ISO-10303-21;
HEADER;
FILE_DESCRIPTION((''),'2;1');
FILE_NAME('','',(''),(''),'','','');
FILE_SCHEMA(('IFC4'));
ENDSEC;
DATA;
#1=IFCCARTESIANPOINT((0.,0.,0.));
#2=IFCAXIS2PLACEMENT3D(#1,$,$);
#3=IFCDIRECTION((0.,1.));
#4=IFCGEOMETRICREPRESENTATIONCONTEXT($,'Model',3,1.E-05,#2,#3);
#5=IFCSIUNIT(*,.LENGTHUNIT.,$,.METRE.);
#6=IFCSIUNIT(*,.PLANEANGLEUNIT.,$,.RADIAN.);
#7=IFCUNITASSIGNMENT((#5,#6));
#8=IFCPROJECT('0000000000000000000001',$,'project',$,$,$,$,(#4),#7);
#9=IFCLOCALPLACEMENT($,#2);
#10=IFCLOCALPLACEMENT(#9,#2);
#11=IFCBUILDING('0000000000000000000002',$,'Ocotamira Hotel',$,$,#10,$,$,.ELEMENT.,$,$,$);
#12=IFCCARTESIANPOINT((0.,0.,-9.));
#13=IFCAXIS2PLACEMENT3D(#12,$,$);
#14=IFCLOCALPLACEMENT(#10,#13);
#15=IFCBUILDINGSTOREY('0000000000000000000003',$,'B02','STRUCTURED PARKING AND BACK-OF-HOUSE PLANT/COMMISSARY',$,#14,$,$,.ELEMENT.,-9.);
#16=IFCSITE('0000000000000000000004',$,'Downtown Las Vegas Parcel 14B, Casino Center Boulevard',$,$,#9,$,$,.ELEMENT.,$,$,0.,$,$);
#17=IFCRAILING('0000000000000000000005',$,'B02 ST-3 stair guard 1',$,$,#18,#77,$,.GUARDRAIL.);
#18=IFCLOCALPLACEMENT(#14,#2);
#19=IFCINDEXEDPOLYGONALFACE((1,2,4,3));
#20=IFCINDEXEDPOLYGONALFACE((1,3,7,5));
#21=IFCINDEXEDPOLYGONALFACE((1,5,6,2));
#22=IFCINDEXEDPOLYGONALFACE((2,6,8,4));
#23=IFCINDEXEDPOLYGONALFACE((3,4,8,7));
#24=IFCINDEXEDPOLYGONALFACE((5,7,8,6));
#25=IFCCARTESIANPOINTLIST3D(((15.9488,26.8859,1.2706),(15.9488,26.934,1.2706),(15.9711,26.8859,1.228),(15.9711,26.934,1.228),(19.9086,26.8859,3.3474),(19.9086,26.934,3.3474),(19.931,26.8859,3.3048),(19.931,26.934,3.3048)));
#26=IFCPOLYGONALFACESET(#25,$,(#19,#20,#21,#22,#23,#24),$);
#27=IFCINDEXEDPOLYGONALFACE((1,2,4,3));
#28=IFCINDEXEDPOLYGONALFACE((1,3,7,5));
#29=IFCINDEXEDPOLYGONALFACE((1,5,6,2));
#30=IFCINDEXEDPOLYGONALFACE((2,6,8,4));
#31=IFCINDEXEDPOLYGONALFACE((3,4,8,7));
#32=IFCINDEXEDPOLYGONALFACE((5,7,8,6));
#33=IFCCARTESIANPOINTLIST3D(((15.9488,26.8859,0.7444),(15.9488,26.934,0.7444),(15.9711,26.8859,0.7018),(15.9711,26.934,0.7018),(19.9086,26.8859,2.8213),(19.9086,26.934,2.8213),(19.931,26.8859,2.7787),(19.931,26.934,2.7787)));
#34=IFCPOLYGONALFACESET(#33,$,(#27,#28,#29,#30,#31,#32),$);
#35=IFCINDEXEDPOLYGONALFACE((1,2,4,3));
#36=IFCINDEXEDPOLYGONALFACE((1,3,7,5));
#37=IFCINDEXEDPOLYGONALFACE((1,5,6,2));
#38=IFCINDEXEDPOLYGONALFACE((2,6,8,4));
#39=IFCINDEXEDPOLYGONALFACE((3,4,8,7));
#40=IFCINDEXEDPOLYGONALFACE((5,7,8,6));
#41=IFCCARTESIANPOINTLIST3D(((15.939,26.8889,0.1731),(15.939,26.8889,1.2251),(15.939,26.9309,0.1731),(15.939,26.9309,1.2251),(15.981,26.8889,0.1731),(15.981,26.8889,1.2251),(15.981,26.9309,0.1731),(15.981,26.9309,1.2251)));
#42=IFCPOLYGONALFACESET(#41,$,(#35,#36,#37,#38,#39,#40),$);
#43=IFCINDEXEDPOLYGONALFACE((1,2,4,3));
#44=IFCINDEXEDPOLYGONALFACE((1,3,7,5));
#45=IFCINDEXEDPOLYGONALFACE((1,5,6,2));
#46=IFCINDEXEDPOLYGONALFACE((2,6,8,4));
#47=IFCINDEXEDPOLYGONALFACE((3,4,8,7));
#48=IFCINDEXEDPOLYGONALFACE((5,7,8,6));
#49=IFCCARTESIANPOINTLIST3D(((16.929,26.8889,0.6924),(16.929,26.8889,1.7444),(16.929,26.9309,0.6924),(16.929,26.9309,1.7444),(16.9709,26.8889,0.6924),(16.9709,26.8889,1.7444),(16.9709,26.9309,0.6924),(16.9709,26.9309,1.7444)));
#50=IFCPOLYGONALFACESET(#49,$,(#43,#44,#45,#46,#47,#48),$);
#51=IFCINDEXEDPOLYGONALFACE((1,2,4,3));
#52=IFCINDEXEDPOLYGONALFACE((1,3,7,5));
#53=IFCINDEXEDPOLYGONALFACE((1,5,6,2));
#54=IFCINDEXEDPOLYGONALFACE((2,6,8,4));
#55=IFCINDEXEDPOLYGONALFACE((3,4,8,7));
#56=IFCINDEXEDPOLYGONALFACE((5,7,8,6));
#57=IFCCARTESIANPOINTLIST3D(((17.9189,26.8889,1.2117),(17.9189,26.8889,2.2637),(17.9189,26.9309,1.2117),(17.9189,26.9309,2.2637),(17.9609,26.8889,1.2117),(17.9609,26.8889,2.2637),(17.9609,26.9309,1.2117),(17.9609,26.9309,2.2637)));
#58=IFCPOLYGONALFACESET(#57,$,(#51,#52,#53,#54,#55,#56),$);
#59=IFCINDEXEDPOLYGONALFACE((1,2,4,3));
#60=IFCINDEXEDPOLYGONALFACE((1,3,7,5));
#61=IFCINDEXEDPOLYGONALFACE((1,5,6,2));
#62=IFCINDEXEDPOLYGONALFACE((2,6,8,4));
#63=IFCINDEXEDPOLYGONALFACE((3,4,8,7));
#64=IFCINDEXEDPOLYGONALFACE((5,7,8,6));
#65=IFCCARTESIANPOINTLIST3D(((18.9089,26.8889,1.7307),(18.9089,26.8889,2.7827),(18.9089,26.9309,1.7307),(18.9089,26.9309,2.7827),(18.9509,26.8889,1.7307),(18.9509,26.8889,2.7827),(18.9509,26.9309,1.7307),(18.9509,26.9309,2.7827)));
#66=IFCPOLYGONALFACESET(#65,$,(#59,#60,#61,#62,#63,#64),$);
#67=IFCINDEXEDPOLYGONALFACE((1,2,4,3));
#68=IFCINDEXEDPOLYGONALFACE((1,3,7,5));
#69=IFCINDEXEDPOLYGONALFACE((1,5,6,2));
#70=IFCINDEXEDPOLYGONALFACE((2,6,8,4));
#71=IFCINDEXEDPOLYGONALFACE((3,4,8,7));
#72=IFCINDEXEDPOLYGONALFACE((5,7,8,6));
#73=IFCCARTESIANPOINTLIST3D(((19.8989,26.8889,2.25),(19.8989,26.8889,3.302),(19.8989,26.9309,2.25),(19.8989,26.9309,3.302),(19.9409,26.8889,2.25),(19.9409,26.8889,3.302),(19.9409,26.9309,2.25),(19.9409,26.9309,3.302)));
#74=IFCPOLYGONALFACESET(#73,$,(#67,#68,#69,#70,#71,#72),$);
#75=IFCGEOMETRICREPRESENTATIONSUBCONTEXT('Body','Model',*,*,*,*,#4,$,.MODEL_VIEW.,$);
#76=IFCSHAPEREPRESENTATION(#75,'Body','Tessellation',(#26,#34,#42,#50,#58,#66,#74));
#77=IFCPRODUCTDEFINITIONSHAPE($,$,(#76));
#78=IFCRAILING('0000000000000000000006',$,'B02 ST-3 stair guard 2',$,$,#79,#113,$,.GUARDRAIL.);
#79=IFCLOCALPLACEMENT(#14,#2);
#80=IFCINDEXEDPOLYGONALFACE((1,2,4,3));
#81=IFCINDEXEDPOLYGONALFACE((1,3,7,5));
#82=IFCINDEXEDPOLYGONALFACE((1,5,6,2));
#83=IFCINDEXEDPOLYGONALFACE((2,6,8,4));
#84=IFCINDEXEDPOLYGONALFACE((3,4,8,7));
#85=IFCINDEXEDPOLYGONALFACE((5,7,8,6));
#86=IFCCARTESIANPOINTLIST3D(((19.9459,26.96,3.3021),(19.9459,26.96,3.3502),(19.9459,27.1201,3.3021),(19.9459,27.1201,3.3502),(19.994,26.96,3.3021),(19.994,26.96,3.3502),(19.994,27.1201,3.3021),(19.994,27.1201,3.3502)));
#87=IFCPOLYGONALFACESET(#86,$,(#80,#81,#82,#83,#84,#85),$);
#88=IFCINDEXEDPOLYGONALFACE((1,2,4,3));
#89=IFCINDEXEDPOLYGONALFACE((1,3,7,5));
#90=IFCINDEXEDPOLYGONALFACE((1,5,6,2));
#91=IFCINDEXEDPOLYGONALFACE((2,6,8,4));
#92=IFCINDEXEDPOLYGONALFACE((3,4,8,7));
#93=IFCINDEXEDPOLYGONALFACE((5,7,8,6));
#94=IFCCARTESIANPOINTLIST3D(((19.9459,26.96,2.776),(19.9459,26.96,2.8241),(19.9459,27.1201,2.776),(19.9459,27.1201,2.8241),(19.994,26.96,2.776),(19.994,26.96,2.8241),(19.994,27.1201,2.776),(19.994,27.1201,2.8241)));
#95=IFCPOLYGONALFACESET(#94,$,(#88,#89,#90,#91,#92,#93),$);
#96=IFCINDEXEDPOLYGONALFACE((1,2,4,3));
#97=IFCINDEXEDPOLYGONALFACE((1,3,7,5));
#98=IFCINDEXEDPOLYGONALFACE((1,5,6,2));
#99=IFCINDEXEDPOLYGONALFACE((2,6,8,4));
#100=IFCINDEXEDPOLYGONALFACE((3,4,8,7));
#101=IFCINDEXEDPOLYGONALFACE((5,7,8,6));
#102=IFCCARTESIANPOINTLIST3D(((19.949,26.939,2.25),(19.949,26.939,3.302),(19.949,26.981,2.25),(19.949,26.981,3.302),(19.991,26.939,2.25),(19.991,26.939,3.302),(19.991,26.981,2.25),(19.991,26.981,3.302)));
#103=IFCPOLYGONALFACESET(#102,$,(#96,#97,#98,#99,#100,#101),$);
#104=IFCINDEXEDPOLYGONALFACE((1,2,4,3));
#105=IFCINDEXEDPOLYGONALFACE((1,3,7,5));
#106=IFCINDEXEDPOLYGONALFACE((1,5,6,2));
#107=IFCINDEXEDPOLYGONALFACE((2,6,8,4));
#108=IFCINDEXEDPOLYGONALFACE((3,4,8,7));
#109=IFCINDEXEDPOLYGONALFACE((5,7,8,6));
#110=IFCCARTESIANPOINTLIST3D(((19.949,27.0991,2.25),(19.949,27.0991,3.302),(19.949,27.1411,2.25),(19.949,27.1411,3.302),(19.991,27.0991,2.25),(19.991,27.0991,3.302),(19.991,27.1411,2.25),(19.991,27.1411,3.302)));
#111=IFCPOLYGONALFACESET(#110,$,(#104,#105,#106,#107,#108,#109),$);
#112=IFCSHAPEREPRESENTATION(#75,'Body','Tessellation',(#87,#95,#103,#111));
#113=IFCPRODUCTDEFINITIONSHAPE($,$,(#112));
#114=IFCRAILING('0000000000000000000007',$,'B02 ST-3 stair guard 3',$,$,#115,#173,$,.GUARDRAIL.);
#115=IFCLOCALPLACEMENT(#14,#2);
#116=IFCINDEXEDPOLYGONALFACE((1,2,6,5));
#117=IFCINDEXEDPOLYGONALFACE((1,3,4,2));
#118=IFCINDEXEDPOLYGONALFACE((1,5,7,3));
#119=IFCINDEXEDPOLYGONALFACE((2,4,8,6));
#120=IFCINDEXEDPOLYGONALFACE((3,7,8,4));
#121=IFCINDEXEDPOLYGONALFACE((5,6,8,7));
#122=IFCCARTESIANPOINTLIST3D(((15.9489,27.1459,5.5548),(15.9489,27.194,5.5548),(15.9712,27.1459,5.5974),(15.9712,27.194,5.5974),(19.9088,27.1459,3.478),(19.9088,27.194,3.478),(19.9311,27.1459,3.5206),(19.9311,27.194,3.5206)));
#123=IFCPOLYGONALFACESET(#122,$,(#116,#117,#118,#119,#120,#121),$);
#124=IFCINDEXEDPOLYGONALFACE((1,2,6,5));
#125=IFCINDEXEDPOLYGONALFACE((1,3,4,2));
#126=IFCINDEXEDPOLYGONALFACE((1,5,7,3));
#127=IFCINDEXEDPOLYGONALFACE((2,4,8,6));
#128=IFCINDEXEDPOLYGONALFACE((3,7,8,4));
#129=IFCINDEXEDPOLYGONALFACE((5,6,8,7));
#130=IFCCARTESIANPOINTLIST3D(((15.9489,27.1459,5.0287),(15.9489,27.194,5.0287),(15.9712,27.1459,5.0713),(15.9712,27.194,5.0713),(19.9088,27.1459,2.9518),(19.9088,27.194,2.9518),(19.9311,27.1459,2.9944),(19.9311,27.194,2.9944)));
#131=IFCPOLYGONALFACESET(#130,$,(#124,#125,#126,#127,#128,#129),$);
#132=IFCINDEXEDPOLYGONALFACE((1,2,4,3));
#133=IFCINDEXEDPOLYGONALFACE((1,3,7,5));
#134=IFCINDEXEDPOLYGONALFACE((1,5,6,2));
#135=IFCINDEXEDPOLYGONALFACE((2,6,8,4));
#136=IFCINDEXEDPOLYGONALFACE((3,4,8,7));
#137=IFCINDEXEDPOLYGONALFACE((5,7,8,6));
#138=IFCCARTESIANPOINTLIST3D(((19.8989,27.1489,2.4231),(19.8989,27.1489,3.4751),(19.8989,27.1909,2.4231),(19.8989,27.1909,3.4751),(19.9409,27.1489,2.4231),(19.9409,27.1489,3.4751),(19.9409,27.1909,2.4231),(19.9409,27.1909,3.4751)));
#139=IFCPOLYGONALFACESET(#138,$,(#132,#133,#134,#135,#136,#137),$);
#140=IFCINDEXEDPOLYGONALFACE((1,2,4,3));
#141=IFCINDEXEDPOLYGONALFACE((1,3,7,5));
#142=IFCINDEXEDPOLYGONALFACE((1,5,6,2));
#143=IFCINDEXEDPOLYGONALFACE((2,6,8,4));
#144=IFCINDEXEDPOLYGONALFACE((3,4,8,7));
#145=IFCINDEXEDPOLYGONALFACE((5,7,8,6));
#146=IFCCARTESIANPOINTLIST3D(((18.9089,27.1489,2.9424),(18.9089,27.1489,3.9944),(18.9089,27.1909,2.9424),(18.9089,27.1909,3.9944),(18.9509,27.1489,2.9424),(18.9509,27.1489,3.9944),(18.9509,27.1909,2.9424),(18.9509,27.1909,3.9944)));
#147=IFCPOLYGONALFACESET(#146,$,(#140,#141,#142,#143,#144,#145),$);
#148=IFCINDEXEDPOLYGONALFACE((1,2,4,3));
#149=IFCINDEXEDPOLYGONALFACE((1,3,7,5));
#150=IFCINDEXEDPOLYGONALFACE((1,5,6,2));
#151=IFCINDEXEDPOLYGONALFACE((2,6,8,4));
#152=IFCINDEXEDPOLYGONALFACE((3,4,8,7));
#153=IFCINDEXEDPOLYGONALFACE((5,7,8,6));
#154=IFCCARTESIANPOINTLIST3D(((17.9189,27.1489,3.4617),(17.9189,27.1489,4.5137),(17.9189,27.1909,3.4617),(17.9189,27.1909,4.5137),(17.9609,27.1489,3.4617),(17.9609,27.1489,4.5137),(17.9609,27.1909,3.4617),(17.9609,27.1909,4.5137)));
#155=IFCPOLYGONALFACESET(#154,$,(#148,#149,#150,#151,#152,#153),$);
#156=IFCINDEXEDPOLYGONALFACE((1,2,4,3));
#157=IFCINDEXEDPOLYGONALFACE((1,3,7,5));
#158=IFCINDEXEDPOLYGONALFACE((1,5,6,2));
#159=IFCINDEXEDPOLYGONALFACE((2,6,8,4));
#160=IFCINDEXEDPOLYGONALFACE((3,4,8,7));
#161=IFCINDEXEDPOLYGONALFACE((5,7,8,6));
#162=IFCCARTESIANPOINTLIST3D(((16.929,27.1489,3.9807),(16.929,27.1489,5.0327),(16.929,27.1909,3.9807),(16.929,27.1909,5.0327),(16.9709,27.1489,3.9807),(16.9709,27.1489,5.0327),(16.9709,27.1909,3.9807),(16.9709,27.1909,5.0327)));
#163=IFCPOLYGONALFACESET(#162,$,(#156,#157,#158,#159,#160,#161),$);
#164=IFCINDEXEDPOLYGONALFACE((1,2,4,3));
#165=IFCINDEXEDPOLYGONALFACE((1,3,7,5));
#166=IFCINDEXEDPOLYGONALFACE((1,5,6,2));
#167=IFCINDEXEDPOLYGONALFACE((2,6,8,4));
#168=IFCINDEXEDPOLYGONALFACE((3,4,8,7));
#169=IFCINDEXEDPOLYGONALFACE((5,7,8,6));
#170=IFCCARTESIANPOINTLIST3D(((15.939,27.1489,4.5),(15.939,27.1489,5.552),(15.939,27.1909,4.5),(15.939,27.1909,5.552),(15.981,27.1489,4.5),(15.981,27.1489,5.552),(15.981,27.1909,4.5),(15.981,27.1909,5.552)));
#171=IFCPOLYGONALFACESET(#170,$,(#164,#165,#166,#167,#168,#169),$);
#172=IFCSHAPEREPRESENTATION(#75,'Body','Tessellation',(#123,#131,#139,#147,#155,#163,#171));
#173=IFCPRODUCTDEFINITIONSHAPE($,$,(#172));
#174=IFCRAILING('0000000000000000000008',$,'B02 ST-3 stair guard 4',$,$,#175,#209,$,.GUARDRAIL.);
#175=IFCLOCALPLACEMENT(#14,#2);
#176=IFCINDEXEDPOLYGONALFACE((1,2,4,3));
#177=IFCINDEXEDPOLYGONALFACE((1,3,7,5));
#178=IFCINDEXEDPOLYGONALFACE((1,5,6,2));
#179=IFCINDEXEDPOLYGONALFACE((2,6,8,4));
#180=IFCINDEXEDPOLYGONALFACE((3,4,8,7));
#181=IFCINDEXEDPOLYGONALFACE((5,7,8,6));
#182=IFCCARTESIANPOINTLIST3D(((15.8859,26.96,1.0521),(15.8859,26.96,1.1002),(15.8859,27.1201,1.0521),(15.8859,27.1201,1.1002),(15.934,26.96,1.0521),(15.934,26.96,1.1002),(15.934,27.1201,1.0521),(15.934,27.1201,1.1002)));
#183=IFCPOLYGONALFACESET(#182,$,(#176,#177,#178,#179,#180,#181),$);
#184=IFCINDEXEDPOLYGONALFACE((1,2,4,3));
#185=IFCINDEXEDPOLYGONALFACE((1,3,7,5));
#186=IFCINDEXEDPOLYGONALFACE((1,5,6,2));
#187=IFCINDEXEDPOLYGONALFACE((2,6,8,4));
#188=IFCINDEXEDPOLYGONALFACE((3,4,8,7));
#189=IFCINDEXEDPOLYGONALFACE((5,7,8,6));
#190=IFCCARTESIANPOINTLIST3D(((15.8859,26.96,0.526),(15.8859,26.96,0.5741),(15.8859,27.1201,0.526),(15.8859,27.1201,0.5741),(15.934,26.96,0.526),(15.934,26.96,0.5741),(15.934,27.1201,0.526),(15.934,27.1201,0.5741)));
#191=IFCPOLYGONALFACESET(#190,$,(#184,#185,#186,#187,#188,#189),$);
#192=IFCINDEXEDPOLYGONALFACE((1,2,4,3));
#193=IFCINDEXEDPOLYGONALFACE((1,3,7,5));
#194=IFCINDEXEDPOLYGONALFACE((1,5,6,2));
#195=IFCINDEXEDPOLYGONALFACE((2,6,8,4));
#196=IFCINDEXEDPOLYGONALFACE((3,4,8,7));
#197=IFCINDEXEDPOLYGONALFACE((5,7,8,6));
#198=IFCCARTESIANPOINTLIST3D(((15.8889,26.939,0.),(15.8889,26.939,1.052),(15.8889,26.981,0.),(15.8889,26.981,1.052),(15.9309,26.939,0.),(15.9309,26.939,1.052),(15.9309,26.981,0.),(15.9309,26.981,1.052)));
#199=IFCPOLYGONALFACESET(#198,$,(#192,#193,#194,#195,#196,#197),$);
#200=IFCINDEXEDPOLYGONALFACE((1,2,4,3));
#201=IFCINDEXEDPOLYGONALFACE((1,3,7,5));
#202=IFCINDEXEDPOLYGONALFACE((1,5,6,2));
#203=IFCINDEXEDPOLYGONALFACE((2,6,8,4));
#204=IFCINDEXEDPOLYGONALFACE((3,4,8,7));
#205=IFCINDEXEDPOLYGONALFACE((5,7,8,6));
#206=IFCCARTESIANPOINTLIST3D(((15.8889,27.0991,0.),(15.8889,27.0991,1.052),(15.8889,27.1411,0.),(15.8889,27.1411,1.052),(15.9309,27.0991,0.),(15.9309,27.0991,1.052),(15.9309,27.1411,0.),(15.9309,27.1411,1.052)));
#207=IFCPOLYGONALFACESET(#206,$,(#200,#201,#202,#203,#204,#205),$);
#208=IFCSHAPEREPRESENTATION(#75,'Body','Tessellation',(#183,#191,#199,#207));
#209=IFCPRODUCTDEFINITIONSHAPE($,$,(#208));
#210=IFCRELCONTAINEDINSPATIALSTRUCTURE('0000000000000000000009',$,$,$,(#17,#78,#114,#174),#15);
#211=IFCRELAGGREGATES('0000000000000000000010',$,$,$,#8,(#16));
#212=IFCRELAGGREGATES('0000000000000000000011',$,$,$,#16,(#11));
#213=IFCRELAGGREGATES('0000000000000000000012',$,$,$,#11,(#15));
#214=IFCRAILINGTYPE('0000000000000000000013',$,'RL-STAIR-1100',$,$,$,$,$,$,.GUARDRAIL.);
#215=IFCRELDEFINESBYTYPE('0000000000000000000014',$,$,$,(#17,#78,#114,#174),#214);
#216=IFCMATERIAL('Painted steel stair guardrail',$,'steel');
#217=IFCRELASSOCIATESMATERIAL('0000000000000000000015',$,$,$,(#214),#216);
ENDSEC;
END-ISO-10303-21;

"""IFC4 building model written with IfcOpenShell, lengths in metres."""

from ifc_helpers import new_model, si_unit, direction, frame, origin, origin_2d, place, context, subcontext, project, spatial, rectangle, extrude, material, type_object, element, save


model = new_model("IFC4")

# Units and contexts
model_context = context("Model", 3, precision=1e-05, world=origin(), true_north=direction((0.0, 1.0)))
body_context = subcontext(model_context, "Body", "Model", "MODEL_VIEW")
ifc_project = project(units=[si_unit("LENGTHUNIT", "METRE"), si_unit("PLANEANGLEUNIT", "RADIAN")], contexts=[model_context])

# Site, building, storey
site_placement = place(None, origin())
site = spatial("IfcSite", under=ifc_project, at=site_placement, Name="Downtown Las Vegas Parcel 14B, Casino Center Boulevard", CompositionType="ELEMENT", RefElevation=0.0)
building_placement = place(site_placement, origin())
building = spatial("IfcBuilding", under=site, at=building_placement, Name="Ocotamira Hotel", CompositionType="ELEMENT")
storey_placement = place(building_placement, frame((0.0, 0.0, -9.0)))
storey = spatial("IfcBuildingStorey", under=building, at=storey_placement, Name="B02", Description="STRUCTURED PARKING AND BACK-OF-HOUSE PLANT/COMMISSARY", CompositionType="ELEMENT", Elevation=-9.0)

# Railings
ifc_material_1 = material(Name="Painted steel stair guardrail", Category="steel")
railing_type_1 = type_object("IfcRailingType", Name="RL-STAIR-1100", PredefinedType="GUARDRAIL", material=ifc_material_1)
railing_1_placement = place(storey_placement, frame((15.96, 26.9099, 0.1731)))
element("IfcRailing", 1, at=railing_1_placement, inside=storey, type_object=railing_type_1, Name="B02 ST-3 stair guard 1", PredefinedType="GUARDRAIL", context=body_context, shape_type="SweptSolid", body=[
    extrude(rectangle(XDim=0.0481, YDim=0.0481, at=origin_2d()), frame((0.0, 0.0, 1.0762), z_axis=(0.885589, 0.0, 0.46447), x_axis=(0.0, 1.0, 0.0)), (0.0, 0.0, 1.0), 4.4714),
    extrude(rectangle(XDim=0.0481, YDim=0.0481, at=origin_2d()), frame((0.0, 0.0, 0.55), z_axis=(0.885589, 0.0, 0.46447), x_axis=(0.0, 1.0, 0.0)), (0.0, 0.0, 1.0), 4.4714),
    extrude(rectangle(XDim=0.042, YDim=0.042, at=origin_2d()), origin(), (0.0, 0.0, 1.0), 1.052),
    extrude(rectangle(XDim=0.042, YDim=0.042, at=origin_2d()), frame((0.99, 0.0, 0.5193)), (0.0, 0.0, 1.0), 1.052),
    extrude(rectangle(XDim=0.042, YDim=0.042, at=origin_2d()), frame((1.98, 0.0, 1.0386)), (0.0, 0.0, 1.0), 1.052),
    extrude(rectangle(XDim=0.042, YDim=0.042, at=origin_2d()), frame((2.97, 0.0, 1.5576)), (0.0, 0.0, 1.0), 1.052),
    extrude(rectangle(XDim=0.042, YDim=0.042, at=origin_2d()), frame((3.96, 0.0, 2.0769)), (0.0, 0.0, 1.0), 1.052),
])
railing_2_placement = place(storey_placement, frame((19.97, 26.96, 2.25)))
element("IfcRailing", 2, at=railing_2_placement, inside=storey, type_object=railing_type_1, Name="B02 ST-3 stair guard 2", PredefinedType="GUARDRAIL", context=body_context, shape_type="SweptSolid", body=[
    extrude(rectangle(XDim=0.0481, YDim=0.0481, at=origin_2d()), frame((0.0, 0.0, 1.0762), z_axis=(0.0, 1.0, 0.0), x_axis=(-1.0, 0.0, 0.0)), (0.0, 0.0, 1.0), 0.1602),
    extrude(rectangle(XDim=0.0481, YDim=0.0481, at=origin_2d()), frame((0.0, 0.0, 0.55), z_axis=(0.0, 1.0, 0.0), x_axis=(-1.0, 0.0, 0.0)), (0.0, 0.0, 1.0), 0.1602),
    extrude(rectangle(XDim=0.042, YDim=0.042, at=origin_2d()), origin(), (0.0, 0.0, 1.0), 1.052),
    extrude(rectangle(XDim=0.042, YDim=0.042, at=origin_2d()), frame((0.0, 0.1602, 0.0)), (0.0, 0.0, 1.0), 1.052),
])
railing_3_placement = place(storey_placement, frame((19.9199, 27.1699, 2.4231)))
element("IfcRailing", 3, at=railing_3_placement, inside=storey, type_object=railing_type_1, Name="B02 ST-3 stair guard 3", PredefinedType="GUARDRAIL", context=body_context, shape_type="SweptSolid", body=[
    extrude(rectangle(XDim=0.0481, YDim=0.0481, at=origin_2d()), frame((0.0, 0.0, 1.0762), z_axis=(-0.885589, 0.0, 0.46447), x_axis=(0.0, -1.0, 0.0)), (0.0, 0.0, 1.0), 4.4714),
    extrude(rectangle(XDim=0.0481, YDim=0.0481, at=origin_2d()), frame((0.0, 0.0, 0.55), z_axis=(-0.885589, 0.0, 0.46447), x_axis=(0.0, -1.0, 0.0)), (0.0, 0.0, 1.0), 4.4714),
    extrude(rectangle(XDim=0.042, YDim=0.042, at=origin_2d()), origin(), (0.0, 0.0, 1.0), 1.052),
    extrude(rectangle(XDim=0.042, YDim=0.042, at=origin_2d()), frame((-0.99, 0.0, 0.5193)), (0.0, 0.0, 1.0), 1.052),
    extrude(rectangle(XDim=0.042, YDim=0.042, at=origin_2d()), frame((-1.98, 0.0, 1.0386)), (0.0, 0.0, 1.0), 1.052),
    extrude(rectangle(XDim=0.042, YDim=0.042, at=origin_2d()), frame((-2.97, 0.0, 1.5576)), (0.0, 0.0, 1.0), 1.052),
    extrude(rectangle(XDim=0.042, YDim=0.042, at=origin_2d()), frame((-3.96, 0.0, 2.0769)), (0.0, 0.0, 1.0), 1.052),
])
railing_4_placement = place(storey_placement, frame((15.9099, 26.96, 0.0)))
element("IfcRailing", 4, at=railing_4_placement, inside=storey, type_object=railing_type_1, Name="B02 ST-3 stair guard 4", PredefinedType="GUARDRAIL", context=body_context, shape_type="SweptSolid", body=[
    extrude(rectangle(XDim=0.0481, YDim=0.0481, at=origin_2d()), frame((0.0, 0.0, 1.0762), z_axis=(0.0, 1.0, 0.0), x_axis=(-1.0, 0.0, 0.0)), (0.0, 0.0, 1.0), 0.1602),
    extrude(rectangle(XDim=0.0481, YDim=0.0481, at=origin_2d()), frame((0.0, 0.0, 0.55), z_axis=(0.0, 1.0, 0.0), x_axis=(-1.0, 0.0, 0.0)), (0.0, 0.0, 1.0), 0.1602),
    extrude(rectangle(XDim=0.042, YDim=0.042, at=origin_2d()), origin(), (0.0, 0.0, 1.0), 1.052),
    extrude(rectangle(XDim=0.042, YDim=0.042, at=origin_2d()), frame((0.0, 0.1602, 0.0)), (0.0, 0.0, 1.0), 1.052),
])

save(model, "model.ifc")
